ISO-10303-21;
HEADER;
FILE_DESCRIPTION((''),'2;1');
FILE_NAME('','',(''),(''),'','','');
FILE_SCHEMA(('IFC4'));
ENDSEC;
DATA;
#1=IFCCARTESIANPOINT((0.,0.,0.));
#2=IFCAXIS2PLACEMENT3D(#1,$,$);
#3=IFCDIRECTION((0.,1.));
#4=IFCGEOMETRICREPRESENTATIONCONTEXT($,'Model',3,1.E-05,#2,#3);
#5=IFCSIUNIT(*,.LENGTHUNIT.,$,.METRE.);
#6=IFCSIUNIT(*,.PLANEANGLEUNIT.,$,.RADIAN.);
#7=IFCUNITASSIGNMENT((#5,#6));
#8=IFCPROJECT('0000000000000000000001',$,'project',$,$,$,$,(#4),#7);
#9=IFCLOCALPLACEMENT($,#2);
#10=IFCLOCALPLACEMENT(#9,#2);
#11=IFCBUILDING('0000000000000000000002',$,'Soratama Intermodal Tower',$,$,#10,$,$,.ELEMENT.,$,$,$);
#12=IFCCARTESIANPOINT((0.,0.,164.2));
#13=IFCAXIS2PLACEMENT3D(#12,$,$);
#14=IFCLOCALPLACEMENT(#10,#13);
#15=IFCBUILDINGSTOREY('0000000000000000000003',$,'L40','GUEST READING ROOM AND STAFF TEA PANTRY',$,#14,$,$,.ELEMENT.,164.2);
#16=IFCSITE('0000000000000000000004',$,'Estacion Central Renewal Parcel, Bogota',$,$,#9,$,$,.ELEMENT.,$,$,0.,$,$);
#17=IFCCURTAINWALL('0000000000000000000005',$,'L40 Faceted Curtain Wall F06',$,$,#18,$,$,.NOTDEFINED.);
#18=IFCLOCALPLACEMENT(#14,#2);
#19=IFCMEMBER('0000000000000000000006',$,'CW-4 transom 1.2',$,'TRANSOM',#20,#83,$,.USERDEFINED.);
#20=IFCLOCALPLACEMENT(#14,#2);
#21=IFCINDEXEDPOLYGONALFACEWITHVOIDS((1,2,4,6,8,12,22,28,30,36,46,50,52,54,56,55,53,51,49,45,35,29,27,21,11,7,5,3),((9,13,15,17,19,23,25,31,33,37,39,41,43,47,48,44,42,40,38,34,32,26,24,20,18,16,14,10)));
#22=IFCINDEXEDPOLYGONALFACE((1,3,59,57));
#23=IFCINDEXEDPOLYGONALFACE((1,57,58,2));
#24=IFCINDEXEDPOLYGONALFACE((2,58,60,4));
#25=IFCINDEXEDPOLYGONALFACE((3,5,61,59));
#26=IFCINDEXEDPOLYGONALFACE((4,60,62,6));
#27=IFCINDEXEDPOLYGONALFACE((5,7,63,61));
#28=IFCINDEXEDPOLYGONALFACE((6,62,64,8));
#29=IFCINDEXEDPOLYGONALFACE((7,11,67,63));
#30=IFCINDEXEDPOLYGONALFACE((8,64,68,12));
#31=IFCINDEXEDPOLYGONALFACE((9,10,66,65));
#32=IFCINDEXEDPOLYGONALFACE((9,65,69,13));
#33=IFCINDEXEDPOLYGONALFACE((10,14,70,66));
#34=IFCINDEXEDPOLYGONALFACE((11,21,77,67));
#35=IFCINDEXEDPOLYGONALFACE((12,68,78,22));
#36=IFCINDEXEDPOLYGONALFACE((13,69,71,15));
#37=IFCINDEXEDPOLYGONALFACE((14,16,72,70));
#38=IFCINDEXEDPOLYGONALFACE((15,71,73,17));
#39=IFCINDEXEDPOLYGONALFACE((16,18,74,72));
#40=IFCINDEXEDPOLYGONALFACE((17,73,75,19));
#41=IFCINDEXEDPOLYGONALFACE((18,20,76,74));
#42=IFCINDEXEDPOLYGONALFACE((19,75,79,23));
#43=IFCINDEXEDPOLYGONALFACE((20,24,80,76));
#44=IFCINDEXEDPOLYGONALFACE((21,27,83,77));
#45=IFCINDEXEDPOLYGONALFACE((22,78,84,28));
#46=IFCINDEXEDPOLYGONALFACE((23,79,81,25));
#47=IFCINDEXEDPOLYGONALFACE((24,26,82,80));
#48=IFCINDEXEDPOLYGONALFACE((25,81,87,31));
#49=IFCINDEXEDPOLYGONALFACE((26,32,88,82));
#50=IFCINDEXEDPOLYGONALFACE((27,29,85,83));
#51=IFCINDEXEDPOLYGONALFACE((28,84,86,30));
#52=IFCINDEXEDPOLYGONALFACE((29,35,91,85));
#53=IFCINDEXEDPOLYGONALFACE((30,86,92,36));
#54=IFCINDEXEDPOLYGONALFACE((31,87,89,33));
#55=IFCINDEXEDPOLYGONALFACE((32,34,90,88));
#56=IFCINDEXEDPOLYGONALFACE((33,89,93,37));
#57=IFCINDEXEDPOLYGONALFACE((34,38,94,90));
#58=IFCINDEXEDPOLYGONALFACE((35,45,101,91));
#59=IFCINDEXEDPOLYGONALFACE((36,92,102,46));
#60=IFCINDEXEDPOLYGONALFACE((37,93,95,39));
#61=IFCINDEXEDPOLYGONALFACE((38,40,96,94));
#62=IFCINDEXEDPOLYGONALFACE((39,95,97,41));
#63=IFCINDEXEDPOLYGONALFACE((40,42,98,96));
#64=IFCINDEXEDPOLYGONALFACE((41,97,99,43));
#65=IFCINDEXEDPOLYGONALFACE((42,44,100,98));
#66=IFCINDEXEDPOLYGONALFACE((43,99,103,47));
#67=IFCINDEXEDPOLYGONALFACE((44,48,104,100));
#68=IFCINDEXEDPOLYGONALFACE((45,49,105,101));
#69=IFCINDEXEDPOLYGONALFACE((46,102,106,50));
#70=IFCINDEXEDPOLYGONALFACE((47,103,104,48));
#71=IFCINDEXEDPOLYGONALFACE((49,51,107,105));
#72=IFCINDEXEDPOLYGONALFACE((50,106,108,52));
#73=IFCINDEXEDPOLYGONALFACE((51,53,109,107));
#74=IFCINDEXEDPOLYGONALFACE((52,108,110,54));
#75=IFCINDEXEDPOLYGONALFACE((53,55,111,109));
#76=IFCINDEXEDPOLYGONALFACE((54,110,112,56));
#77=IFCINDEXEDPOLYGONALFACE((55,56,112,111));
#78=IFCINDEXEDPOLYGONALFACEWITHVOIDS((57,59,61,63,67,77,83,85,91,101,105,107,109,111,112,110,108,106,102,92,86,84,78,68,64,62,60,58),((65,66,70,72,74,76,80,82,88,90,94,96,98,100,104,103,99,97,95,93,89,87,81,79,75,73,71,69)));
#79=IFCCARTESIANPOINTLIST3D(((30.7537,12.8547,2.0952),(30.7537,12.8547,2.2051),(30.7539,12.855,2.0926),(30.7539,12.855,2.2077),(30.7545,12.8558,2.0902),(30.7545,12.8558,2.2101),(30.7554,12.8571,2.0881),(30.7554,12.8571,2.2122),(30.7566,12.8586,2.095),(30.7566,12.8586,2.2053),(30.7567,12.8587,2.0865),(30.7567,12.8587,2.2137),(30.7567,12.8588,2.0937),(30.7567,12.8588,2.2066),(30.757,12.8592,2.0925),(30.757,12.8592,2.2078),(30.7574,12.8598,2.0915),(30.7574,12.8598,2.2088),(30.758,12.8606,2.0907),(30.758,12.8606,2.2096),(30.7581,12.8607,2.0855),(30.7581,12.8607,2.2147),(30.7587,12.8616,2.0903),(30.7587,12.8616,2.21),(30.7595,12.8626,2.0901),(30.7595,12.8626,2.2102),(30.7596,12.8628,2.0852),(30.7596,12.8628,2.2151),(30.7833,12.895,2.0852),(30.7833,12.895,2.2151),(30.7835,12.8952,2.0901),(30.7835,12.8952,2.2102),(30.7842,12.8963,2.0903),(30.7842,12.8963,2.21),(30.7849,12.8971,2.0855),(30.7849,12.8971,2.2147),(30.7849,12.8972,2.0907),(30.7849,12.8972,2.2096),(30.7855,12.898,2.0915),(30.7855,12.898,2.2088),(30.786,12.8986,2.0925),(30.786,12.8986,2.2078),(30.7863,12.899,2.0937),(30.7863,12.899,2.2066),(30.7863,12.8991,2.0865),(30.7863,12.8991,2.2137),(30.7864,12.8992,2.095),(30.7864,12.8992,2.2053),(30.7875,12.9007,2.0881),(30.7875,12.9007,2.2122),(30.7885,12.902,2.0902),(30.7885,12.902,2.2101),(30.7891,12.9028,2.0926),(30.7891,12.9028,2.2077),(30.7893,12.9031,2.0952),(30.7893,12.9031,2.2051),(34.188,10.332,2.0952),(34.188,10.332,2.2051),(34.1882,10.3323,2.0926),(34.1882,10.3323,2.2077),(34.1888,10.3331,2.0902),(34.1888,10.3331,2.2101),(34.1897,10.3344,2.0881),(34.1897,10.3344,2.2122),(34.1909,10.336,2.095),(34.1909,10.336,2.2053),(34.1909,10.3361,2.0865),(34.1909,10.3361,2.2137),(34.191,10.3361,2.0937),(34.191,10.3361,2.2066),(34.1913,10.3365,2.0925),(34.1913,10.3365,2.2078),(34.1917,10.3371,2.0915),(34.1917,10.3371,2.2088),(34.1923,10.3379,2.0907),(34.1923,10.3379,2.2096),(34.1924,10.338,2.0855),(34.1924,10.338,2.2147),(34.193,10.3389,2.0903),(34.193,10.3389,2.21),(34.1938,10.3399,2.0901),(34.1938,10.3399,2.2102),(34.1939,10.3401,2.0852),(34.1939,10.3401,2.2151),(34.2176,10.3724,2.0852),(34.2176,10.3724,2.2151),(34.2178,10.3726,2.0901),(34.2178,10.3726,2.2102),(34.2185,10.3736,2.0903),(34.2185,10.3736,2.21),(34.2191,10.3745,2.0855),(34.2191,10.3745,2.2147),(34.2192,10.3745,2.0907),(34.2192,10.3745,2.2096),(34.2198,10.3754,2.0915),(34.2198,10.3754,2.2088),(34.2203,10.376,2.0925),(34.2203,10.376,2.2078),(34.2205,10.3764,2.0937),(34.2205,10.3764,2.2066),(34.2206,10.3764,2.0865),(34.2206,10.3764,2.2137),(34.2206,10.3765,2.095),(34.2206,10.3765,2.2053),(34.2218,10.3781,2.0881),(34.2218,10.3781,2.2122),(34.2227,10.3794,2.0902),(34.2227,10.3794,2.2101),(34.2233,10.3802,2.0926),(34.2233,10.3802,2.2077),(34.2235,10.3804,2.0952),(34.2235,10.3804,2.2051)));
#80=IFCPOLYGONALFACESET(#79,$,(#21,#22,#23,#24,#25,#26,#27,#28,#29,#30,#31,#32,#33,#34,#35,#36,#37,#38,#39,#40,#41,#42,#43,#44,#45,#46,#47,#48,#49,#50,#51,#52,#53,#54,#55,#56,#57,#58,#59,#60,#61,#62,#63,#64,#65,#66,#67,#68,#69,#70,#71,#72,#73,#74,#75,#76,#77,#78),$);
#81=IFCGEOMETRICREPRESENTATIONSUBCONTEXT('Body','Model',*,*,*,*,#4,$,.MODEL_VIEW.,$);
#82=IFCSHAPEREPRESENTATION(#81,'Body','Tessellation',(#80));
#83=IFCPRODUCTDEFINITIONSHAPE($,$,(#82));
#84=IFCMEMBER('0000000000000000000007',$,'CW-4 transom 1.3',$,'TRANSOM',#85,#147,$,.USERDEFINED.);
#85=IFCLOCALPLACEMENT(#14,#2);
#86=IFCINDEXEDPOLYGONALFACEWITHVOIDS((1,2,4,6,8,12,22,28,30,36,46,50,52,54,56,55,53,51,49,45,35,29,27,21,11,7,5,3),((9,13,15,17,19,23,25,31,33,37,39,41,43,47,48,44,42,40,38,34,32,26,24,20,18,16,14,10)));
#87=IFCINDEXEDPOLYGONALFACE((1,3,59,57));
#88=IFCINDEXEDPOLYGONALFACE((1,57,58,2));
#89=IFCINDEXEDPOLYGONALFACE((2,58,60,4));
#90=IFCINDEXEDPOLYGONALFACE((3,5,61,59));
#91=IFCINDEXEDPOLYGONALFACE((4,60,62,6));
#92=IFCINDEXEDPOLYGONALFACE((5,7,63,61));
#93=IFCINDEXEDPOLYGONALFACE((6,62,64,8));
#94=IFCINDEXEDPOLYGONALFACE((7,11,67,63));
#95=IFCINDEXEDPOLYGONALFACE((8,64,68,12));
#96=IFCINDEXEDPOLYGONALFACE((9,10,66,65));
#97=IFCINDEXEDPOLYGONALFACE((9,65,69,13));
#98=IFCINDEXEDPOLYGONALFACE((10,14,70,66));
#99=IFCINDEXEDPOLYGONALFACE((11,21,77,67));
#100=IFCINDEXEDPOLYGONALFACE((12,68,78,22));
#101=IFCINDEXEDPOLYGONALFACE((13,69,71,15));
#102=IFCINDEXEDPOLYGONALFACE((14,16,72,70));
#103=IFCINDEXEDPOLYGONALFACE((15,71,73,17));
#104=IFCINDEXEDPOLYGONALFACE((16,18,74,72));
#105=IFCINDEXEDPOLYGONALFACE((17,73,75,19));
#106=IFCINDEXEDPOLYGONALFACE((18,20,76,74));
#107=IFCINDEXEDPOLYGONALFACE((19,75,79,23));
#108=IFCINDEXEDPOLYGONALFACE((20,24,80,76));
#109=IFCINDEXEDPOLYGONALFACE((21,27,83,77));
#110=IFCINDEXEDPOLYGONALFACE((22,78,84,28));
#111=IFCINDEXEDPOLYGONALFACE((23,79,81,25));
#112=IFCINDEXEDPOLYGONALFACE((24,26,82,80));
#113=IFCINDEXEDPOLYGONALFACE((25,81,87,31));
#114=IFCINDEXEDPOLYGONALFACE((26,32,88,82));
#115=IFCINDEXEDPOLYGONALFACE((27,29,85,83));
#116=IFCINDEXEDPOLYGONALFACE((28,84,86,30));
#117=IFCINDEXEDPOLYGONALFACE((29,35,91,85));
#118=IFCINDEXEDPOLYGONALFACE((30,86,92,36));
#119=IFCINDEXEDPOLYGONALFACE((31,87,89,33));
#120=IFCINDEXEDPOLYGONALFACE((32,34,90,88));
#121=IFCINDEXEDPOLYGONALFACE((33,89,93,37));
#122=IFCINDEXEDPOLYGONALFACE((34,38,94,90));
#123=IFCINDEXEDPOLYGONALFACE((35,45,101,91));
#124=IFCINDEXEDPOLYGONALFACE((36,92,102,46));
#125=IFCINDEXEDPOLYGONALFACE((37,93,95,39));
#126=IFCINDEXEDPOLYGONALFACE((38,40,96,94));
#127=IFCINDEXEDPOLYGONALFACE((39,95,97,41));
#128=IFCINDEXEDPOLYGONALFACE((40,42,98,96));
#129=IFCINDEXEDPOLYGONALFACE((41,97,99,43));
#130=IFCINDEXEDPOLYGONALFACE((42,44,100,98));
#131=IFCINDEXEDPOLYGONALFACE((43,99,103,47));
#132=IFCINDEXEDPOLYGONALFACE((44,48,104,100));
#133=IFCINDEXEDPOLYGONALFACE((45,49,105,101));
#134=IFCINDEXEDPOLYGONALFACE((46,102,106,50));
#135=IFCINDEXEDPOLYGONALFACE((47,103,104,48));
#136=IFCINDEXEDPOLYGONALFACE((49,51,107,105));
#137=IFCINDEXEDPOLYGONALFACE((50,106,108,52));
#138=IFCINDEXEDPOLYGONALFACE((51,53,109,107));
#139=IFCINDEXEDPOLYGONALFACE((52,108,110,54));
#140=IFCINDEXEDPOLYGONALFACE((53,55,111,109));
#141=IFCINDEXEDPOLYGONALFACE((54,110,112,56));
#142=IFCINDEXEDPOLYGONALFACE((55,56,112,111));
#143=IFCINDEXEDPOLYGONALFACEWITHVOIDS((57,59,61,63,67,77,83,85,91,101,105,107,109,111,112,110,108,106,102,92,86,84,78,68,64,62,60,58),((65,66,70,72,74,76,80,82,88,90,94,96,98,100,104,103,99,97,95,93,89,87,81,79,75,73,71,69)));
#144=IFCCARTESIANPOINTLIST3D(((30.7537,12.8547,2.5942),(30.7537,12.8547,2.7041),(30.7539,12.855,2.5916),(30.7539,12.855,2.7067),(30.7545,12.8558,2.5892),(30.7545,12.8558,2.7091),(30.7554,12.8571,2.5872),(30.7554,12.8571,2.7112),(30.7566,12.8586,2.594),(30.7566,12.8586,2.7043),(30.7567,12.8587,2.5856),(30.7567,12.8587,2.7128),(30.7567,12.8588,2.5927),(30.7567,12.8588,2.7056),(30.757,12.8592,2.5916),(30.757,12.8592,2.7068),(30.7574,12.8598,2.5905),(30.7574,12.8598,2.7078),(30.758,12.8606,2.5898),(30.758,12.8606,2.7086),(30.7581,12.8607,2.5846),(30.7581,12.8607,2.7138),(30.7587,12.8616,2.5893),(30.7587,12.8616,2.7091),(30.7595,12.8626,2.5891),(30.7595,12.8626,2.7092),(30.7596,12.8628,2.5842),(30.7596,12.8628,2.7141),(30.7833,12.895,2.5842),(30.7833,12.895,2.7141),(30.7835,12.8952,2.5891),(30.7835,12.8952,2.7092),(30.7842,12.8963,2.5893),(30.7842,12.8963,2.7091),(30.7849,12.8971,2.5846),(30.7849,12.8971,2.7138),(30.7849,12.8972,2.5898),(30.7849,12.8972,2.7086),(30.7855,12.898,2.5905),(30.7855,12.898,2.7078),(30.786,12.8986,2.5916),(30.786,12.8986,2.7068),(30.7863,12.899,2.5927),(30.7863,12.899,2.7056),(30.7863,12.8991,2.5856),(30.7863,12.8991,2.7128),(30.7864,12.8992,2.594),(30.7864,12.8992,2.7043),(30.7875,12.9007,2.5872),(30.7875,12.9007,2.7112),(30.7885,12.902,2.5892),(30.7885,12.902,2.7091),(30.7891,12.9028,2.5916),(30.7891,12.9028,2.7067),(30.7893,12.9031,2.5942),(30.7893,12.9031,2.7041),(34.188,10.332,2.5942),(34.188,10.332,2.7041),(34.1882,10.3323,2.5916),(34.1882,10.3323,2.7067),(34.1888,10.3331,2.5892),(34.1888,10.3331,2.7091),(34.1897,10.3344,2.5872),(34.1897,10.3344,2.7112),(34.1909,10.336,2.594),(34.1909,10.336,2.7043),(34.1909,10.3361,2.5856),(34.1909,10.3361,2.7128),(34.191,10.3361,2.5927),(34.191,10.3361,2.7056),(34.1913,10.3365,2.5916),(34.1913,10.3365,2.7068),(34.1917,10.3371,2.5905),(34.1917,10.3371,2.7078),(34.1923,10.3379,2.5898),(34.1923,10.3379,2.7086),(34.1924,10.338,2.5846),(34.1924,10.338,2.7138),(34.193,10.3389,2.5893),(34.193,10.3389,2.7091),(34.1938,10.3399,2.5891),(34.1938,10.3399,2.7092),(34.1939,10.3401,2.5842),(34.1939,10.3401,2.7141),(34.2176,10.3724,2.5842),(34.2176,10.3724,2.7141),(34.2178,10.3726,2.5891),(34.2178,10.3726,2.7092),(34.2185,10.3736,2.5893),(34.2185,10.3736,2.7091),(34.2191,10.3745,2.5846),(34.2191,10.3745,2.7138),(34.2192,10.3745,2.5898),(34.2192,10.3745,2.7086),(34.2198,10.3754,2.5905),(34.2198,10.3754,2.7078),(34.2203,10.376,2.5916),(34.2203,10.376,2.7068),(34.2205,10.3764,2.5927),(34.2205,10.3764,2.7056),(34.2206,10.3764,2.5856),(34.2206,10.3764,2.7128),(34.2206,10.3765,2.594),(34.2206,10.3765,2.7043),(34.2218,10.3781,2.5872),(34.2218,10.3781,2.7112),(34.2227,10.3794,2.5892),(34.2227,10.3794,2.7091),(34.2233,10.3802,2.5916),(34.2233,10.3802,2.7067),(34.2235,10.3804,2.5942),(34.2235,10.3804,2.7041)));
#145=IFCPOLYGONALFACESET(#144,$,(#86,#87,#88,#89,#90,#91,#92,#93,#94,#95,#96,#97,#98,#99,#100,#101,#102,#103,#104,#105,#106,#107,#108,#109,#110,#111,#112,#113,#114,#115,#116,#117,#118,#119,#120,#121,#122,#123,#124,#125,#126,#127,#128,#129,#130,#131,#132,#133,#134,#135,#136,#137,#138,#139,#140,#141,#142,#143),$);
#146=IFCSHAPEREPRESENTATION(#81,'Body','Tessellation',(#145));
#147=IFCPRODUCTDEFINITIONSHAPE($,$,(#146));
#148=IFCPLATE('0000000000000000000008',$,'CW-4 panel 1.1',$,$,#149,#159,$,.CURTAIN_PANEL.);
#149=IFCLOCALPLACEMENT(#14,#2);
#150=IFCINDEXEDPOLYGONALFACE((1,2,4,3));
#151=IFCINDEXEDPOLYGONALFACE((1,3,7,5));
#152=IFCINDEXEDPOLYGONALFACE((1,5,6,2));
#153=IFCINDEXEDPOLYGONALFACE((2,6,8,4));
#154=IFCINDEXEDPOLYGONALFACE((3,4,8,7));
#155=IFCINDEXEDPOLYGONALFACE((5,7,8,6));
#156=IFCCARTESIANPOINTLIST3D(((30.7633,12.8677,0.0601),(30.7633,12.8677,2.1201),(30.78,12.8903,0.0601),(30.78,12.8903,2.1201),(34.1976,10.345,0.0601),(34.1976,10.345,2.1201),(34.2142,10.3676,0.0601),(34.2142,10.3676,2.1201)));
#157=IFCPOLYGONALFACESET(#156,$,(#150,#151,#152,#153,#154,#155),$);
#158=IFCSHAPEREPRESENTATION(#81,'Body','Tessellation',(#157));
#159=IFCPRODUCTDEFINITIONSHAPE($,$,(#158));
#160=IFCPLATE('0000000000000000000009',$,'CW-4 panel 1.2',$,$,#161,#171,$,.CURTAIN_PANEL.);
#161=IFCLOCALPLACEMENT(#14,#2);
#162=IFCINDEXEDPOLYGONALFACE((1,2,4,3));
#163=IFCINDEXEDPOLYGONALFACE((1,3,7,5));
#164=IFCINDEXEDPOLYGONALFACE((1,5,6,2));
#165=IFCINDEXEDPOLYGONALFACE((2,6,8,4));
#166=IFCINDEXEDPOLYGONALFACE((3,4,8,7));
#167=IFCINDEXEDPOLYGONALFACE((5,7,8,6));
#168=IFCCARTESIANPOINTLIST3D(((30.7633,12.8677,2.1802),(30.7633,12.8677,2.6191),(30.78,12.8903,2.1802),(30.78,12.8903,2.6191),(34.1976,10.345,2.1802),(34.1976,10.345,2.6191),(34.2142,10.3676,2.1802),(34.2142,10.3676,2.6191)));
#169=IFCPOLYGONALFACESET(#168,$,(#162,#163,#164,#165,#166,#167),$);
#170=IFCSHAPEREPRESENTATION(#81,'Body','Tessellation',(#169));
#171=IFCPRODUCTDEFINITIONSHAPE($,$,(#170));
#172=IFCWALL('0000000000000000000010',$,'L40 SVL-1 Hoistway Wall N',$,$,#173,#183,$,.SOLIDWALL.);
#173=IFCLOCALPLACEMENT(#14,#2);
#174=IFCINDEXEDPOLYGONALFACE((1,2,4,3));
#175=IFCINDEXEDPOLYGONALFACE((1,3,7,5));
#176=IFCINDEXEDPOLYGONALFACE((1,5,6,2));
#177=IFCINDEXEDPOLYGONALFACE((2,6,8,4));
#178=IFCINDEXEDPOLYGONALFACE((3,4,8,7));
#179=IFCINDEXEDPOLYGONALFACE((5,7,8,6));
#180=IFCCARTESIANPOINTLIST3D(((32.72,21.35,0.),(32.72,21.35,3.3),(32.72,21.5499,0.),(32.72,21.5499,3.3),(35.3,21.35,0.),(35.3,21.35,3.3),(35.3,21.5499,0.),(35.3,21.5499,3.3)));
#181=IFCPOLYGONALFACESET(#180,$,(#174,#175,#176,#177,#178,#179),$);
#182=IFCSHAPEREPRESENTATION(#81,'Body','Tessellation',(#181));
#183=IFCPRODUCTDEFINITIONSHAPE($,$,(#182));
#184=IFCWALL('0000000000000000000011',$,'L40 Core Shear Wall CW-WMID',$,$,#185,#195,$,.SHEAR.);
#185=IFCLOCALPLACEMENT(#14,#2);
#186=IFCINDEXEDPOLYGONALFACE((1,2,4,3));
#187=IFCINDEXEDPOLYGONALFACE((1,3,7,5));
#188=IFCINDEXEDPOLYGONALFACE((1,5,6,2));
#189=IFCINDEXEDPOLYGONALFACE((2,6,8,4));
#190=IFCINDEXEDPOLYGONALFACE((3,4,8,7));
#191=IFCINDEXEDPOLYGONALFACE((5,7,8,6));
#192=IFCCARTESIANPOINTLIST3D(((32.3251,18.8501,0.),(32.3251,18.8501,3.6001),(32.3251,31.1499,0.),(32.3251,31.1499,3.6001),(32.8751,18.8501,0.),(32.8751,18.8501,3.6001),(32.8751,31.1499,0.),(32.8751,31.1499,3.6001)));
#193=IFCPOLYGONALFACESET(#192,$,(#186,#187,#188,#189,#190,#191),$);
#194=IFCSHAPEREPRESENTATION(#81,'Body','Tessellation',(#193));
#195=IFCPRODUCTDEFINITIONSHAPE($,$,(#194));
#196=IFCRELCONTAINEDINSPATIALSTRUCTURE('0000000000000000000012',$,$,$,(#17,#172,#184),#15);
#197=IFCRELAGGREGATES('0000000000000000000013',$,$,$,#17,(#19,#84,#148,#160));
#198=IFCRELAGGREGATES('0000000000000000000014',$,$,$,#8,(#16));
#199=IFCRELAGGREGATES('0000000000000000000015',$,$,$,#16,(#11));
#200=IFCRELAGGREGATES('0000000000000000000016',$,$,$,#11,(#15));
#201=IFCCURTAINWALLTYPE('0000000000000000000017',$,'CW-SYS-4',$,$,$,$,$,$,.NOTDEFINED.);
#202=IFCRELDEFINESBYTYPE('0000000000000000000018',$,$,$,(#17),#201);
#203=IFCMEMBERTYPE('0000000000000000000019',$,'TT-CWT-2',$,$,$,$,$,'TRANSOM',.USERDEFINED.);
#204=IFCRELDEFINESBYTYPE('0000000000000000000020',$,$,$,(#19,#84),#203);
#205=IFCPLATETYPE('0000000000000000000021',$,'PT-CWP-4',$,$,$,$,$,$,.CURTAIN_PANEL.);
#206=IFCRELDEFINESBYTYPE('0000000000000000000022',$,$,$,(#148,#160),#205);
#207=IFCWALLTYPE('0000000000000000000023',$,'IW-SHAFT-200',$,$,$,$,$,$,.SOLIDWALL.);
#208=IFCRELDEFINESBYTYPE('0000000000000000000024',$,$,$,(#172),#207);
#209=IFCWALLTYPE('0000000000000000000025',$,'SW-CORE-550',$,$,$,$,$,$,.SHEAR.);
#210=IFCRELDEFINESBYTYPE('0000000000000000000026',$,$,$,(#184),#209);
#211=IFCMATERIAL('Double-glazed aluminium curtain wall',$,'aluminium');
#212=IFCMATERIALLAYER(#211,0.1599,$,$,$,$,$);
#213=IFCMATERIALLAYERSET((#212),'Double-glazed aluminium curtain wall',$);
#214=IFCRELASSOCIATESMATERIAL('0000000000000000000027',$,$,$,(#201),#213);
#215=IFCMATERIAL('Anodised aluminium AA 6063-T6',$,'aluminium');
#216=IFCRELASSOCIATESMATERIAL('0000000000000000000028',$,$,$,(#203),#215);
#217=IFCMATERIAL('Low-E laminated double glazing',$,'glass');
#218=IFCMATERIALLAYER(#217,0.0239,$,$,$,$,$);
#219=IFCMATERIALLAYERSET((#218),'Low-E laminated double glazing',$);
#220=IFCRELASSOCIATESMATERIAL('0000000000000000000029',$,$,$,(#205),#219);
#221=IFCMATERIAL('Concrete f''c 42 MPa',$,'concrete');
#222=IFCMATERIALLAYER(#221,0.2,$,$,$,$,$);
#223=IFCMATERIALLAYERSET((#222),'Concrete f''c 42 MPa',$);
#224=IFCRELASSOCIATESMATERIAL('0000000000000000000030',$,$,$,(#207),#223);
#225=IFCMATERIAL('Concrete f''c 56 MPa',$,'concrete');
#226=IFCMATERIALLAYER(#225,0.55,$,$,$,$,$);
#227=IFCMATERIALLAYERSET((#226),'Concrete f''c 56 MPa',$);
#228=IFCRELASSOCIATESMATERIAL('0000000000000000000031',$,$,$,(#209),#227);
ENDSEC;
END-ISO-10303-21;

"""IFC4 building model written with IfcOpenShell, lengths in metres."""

from ifc_helpers import new_model, si_unit, direction, frame, frame_2d, origin, origin_2d, place, context, subcontext, project, spatial, rectangle, hollow_rectangle, extrude, material, layer, layer_set, material_profile, profile_set, type_object, element, aggregate, save


model = new_model("IFC4")

# Units and contexts
model_context = context("Model", 3, precision=1e-05, world=origin(), true_north=direction((0.0, 1.0)))
body_context = subcontext(model_context, "Body", "Model", "MODEL_VIEW")
ifc_project = project(units=[si_unit("LENGTHUNIT", "METRE"), si_unit("PLANEANGLEUNIT", "RADIAN")], contexts=[model_context])

# Site, building, storey
site_placement = place(None, origin())
site = spatial("IfcSite", under=ifc_project, at=site_placement, Name="Estacion Central Renewal Parcel, Bogota", CompositionType="ELEMENT", RefElevation=0.0)
building_placement = place(site_placement, origin())
building = spatial("IfcBuilding", under=site, at=building_placement, Name="Soratama Intermodal Tower", CompositionType="ELEMENT")
storey_placement = place(building_placement, frame((0.0, 0.0, 164.2)))
storey = spatial("IfcBuildingStorey", under=building, at=storey_placement, Name="L40", Description="GUEST READING ROOM AND STAFF TEA PANTRY", CompositionType="ELEMENT", Elevation=164.2)

# Curtain wall, members, plates
ifc_material_1 = material(Name="Double-glazed aluminium curtain wall", Category="aluminium")
ifc_layer_1 = layer(ifc_material_1, 0.1599)
ifc_layer_set_1 = layer_set([ifc_layer_1], Name="Double-glazed aluminium curtain wall")
curtain_wall_type = type_object("IfcCurtainWallType", Name="CW-SYS-4", PredefinedType="NOTDEFINED", material=ifc_layer_set_1)
curtain_wall_placement = place(storey_placement, origin())
curtain_wall = element("IfcCurtainWall", 1, at=curtain_wall_placement, inside=storey, type_object=curtain_wall_type, Name="L40 Faceted Curtain Wall F06", PredefinedType="NOTDEFINED")
ifc_material_2 = material(Name="Anodised aluminium AA 6063-T6", Category="aluminium")
ifc_material_profile_1 = material_profile(ifc_material_2, hollow_rectangle(XDim=0.0601, YDim=0.1299, WallThickness=0.0049, InnerFilletRadius=0.0049, OuterFilletRadius=0.01, at=origin_2d()), Name="CWT130X60X5")
ifc_profile_set_1 = profile_set([ifc_material_profile_1], Name="Anodised aluminium AA 6063-T6")
member_type_1 = type_object("IfcMemberType", Name="TT-CWT-2", ElementType="TRANSOM", PredefinedType="USERDEFINED", material=ifc_profile_set_1)
member_1_placement = place(storey_placement, frame((30.7715, 12.8789, 2.1501), z_axis=(0.805935, -0.592004, 0.0), x_axis=(0.592004, 0.805935, 0.0)))
member_1 = element("IfcMember", 2, at=member_1_placement, type_object=member_type_1, Name="CW-4 transom 1.2", ObjectType="TRANSOM", PredefinedType="USERDEFINED", context=body_context, shape_type="SweptSolid", body=[
    extrude(hollow_rectangle(XDim=0.0601, YDim=0.1299, WallThickness=0.0049, InnerFilletRadius=0.0049, OuterFilletRadius=0.01, at=origin_2d()), origin(), (0.0, 0.0, 1.0), 4.2612),
])
member_2_placement = place(storey_placement, frame((30.7715, 12.8789, 2.6492), z_axis=(0.805935, -0.592004, 0.0), x_axis=(0.592004, 0.805935, 0.0)))
member_2 = element("IfcMember", 3, at=member_2_placement, type_object=member_type_1, Name="CW-4 transom 1.3", ObjectType="TRANSOM", PredefinedType="USERDEFINED", context=body_context, shape_type="SweptSolid", body=[
    extrude(hollow_rectangle(XDim=0.0601, YDim=0.1299, WallThickness=0.0049, InnerFilletRadius=0.0049, OuterFilletRadius=0.01, at=origin_2d()), origin(), (0.0, 0.0, 1.0), 4.2612),
])
ifc_material_3 = material(Name="Low-E laminated double glazing", Category="glass")
ifc_layer_2 = layer(ifc_material_3, 0.0239)
ifc_layer_set_2 = layer_set([ifc_layer_2], Name="Low-E laminated double glazing")
plate_type = type_object("IfcPlateType", Name="PT-CWP-4", PredefinedType="CURTAIN_PANEL", material=ifc_layer_set_2)
plate_1_placement = place(storey_placement, frame((32.4888, 11.6177, 0.0601), z_axis=(0.0, 0.0, 1.0), x_axis=(0.805927, -0.592015, 0.0)))
plate_1 = element("IfcPlate", 4, at=plate_1_placement, type_object=plate_type, Name="CW-4 panel 1.1", PredefinedType="CURTAIN_PANEL", context=body_context, shape_type="SweptSolid", body=[
    extrude(rectangle(XDim=4.2612, YDim=0.0281, at=origin_2d()), origin(), (0.0, 0.0, 1.0), 2.0601),
])
plate_2_placement = place(storey_placement, frame((32.4888, 11.6177, 2.1802), z_axis=(0.0, 0.0, 1.0), x_axis=(0.805927, -0.592015, 0.0)))
plate_2 = element("IfcPlate", 5, at=plate_2_placement, type_object=plate_type, Name="CW-4 panel 1.2", PredefinedType="CURTAIN_PANEL", context=body_context, shape_type="SweptSolid", body=[
    extrude(rectangle(XDim=4.2612, YDim=0.0281, at=origin_2d()), origin(), (0.0, 0.0, 1.0), 0.439),
])
aggregate(curtain_wall, [member_1, member_2, plate_1, plate_2])

# Walls
ifc_material_4 = material(Name="Concrete f'c 42 MPa", Category="concrete")
ifc_layer_3 = layer(ifc_material_4, 0.2)
ifc_layer_set_3 = layer_set([ifc_layer_3], Name="Concrete f'c 42 MPa")
wall_type_1 = type_object("IfcWallType", Name="IW-SHAFT-200", PredefinedType="SOLIDWALL", material=ifc_layer_set_3)
wall_1_placement = place(storey_placement, frame((32.72, 21.45, 0.0), z_axis=(0.0, 0.0, 1.0), x_axis=(1.0, 0.0, 0.0)))
element("IfcWall", 6, at=wall_1_placement, inside=storey, type_object=wall_type_1, Name="L40 SVL-1 Hoistway Wall N", PredefinedType="SOLIDWALL", context=body_context, shape_type="SweptSolid", body=[
    extrude(rectangle(XDim=2.5801, YDim=0.2, at=frame_2d((1.29, 0.0))), origin(), (0.0, 0.0, 1.0), 3.3),
])
ifc_material_5 = material(Name="Concrete f'c 56 MPa", Category="concrete")
ifc_layer_4 = layer(ifc_material_5, 0.55)
ifc_layer_set_4 = layer_set([ifc_layer_4], Name="Concrete f'c 56 MPa")
wall_type_2 = type_object("IfcWallType", Name="SW-CORE-550", PredefinedType="SHEAR", material=ifc_layer_set_4)
wall_2_placement = place(storey_placement, frame((32.6001, 18.8501, 0.0), z_axis=(0.0, 0.0, 1.0), x_axis=(0.0, 1.0, 0.0)))
element("IfcWall", 7, at=wall_2_placement, inside=storey, type_object=wall_type_2, Name="L40 Core Shear Wall CW-WMID", PredefinedType="SHEAR", context=body_context, shape_type="SweptSolid", body=[
    extrude(rectangle(XDim=12.2998, YDim=0.55, at=frame_2d((6.1499, 0.0))), origin(), (0.0, 0.0, 1.0), 3.6001),
])

save(model, "model.ifc")
